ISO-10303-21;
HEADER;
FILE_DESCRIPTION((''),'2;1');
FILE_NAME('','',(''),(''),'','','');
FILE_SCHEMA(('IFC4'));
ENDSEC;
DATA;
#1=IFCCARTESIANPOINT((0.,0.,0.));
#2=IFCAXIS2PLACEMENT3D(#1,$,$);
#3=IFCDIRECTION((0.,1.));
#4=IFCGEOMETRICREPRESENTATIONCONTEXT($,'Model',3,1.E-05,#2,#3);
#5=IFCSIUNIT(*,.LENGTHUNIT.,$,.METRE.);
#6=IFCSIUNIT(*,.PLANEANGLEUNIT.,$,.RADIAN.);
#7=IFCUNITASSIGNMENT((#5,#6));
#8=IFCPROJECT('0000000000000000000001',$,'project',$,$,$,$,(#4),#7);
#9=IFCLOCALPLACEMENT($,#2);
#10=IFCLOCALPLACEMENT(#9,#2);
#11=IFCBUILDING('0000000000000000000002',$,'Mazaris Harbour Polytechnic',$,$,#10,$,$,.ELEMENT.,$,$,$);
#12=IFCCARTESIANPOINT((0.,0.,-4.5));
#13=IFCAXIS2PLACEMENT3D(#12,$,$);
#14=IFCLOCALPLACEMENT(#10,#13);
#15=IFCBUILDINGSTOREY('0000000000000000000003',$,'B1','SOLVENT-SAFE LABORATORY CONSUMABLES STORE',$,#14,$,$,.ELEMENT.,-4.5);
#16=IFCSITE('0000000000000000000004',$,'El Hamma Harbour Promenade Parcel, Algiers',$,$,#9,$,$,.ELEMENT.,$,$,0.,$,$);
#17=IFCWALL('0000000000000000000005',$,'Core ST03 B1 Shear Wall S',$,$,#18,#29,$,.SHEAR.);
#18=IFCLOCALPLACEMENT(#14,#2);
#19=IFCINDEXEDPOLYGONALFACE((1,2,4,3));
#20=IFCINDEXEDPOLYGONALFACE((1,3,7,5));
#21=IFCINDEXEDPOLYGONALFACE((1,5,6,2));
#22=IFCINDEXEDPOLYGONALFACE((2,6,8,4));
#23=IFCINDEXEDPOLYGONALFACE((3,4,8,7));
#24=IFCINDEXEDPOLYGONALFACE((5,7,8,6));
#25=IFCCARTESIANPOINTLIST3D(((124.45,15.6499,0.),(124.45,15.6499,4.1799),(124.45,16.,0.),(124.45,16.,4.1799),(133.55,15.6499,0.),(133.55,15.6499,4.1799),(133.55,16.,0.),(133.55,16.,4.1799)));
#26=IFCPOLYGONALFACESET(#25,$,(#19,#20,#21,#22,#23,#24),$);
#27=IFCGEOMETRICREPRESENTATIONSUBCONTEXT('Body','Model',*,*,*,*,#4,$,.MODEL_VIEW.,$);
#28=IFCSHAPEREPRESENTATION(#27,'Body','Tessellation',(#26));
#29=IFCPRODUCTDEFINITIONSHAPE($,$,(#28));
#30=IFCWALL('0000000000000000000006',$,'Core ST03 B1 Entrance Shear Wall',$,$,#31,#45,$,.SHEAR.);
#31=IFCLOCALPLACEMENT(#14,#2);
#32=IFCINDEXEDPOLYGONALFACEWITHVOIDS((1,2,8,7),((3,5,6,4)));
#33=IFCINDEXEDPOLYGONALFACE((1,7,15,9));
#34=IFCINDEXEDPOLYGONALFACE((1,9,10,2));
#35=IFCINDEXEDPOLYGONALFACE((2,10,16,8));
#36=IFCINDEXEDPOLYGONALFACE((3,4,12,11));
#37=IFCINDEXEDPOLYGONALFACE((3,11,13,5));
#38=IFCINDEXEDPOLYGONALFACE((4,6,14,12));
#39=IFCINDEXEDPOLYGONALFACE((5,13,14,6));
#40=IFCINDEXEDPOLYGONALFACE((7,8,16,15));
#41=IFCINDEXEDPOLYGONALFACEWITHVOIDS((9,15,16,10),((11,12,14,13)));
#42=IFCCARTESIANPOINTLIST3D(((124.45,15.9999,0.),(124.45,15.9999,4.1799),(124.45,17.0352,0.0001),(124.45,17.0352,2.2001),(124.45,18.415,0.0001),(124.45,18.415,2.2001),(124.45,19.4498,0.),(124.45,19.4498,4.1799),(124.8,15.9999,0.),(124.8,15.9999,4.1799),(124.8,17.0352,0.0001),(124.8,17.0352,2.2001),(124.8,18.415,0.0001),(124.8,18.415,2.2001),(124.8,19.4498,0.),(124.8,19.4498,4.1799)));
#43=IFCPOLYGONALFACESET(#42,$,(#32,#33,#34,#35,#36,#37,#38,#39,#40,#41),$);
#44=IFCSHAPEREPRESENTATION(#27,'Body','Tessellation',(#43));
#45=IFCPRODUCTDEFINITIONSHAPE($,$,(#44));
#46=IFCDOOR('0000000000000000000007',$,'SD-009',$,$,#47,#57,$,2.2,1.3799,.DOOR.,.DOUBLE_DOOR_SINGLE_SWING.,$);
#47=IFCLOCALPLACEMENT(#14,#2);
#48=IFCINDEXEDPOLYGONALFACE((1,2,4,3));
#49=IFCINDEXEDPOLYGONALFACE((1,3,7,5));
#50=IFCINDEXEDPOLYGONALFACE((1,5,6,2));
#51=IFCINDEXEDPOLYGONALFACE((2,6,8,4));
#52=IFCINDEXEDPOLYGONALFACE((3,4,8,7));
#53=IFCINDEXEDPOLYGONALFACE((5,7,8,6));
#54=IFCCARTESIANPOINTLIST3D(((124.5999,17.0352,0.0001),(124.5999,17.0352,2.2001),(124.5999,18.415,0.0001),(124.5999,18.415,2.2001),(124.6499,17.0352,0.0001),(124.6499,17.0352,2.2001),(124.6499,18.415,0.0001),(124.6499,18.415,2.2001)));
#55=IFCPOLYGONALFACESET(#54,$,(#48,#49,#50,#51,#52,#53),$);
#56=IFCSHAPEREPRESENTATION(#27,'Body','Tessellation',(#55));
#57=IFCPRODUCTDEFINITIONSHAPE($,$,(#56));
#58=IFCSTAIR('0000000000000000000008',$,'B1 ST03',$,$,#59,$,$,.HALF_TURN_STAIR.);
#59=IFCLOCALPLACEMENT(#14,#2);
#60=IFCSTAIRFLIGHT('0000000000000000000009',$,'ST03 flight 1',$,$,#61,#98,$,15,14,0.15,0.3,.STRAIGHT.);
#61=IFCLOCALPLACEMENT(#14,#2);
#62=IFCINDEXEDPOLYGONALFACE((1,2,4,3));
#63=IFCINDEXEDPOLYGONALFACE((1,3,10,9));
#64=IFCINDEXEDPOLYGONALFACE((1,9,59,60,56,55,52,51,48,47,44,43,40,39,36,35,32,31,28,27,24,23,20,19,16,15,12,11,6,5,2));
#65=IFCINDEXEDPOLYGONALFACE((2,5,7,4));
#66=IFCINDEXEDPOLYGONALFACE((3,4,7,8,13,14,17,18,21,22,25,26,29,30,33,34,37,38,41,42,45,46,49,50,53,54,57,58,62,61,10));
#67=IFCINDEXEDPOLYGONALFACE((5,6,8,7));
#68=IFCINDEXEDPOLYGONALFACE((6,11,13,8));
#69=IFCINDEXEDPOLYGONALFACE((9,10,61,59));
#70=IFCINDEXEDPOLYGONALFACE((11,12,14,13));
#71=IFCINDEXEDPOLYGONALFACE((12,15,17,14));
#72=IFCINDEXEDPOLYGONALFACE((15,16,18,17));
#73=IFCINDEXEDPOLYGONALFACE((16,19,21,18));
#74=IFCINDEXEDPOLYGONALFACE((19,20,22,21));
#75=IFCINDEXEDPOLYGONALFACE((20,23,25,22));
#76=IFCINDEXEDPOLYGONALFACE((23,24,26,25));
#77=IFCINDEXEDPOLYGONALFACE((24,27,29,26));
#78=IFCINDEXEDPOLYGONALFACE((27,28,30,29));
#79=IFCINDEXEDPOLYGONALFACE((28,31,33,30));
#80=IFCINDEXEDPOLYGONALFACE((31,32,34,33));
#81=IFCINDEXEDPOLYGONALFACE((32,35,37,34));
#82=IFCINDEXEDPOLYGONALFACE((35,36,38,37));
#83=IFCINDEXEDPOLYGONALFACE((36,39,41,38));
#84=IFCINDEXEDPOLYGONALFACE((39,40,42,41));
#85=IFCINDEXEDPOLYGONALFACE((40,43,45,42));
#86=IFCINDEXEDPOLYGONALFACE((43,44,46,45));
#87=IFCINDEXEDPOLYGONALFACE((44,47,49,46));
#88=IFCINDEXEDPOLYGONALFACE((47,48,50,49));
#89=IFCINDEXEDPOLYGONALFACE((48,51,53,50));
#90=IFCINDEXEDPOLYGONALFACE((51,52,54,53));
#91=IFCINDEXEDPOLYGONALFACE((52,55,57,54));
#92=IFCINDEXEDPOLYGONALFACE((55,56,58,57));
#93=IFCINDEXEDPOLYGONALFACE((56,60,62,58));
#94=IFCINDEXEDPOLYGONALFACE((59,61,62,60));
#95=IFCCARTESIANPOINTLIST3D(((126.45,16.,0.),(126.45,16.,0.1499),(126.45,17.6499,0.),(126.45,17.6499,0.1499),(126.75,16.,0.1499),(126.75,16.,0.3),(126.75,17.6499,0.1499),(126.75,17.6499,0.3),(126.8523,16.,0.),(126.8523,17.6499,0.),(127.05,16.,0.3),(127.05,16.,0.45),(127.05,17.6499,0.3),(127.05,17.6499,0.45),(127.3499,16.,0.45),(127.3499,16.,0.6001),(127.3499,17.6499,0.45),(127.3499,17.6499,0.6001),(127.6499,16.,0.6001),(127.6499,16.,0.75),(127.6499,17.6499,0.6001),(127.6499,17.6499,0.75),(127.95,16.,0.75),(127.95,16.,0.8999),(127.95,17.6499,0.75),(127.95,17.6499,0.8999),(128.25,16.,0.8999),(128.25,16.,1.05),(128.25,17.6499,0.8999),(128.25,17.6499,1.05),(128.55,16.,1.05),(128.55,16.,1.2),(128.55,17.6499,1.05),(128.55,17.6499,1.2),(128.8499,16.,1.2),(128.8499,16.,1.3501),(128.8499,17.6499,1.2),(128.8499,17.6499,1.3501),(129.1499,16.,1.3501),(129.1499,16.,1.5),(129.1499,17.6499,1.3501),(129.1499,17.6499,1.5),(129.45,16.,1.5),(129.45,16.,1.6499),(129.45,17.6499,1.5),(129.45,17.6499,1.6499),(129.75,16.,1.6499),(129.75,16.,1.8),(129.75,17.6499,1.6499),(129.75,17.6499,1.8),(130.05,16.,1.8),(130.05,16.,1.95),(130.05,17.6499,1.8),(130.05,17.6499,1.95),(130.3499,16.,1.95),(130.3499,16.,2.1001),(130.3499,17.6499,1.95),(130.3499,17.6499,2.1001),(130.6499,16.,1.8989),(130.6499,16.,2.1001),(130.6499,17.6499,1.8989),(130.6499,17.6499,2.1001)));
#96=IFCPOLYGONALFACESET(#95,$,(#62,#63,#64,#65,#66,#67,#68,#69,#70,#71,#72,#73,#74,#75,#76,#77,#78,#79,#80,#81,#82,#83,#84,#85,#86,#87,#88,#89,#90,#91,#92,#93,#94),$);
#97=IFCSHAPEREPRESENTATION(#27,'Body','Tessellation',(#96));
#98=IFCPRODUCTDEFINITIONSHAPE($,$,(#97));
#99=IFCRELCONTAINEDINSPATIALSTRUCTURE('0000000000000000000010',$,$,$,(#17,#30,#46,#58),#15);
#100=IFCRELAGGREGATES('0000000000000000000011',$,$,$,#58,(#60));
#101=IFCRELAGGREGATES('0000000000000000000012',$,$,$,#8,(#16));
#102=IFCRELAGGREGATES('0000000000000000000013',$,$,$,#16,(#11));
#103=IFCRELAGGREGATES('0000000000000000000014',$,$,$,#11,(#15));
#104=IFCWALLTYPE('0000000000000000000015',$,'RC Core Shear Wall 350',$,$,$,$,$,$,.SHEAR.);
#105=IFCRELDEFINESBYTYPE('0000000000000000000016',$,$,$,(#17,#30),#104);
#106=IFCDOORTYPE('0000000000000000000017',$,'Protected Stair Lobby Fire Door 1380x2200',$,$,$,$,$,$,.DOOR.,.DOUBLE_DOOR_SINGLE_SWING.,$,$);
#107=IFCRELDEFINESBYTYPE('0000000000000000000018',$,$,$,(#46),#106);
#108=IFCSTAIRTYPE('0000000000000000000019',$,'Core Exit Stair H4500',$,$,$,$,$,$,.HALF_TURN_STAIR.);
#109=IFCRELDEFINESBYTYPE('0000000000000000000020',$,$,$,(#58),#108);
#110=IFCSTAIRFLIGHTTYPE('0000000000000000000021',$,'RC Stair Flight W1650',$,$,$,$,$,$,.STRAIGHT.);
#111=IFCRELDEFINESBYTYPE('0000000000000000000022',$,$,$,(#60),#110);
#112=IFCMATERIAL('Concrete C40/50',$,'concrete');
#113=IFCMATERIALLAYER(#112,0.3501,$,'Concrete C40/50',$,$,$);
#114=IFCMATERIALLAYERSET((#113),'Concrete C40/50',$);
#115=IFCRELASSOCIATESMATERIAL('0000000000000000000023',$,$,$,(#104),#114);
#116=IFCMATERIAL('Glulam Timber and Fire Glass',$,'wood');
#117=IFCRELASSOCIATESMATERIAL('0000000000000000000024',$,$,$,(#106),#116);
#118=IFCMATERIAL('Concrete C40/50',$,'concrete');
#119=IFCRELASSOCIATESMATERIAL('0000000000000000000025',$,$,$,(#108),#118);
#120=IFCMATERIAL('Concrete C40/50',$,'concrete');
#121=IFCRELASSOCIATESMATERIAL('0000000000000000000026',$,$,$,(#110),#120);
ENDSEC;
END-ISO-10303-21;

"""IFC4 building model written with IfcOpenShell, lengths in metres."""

from ifc_helpers import new_model, si_unit, direction, frame, frame_2d, origin, place, context, subcontext, project, spatial, polyline, rectangle, outline, extrude, material, layer, layer_set, type_object, element, fill, aggregate, save


model = new_model("IFC4")

# Units and contexts
model_context = context("Model", 3, precision=1e-05, world=origin(), true_north=direction((0.0, 1.0)))
body_context = subcontext(model_context, "Body", "Model", "MODEL_VIEW")
ifc_project = project(units=[si_unit("LENGTHUNIT", "METRE"), si_unit("PLANEANGLEUNIT", "RADIAN")], contexts=[model_context])

# Site, building, storey
site_placement = place(None, origin())
site = spatial("IfcSite", under=ifc_project, at=site_placement, Name="El Hamma Harbour Promenade Parcel, Algiers", CompositionType="ELEMENT", RefElevation=0.0)
building_placement = place(site_placement, origin())
building = spatial("IfcBuilding", under=site, at=building_placement, Name="Mazaris Harbour Polytechnic", CompositionType="ELEMENT")
storey_placement = place(building_placement, frame((0.0, 0.0, -4.5)))
storey = spatial("IfcBuildingStorey", under=building, at=storey_placement, Name="B1", Description="SOLVENT-SAFE LABORATORY CONSUMABLES STORE", CompositionType="ELEMENT", Elevation=-4.5)

# Wall
ifc_material_1 = material(Name="Concrete C40/50", Category="concrete")
ifc_layer = layer(ifc_material_1, 0.3501, Name="Concrete C40/50")
ifc_layer_set = layer_set([ifc_layer], Name="Concrete C40/50")
wall_type = type_object("IfcWallType", Name="RC Core Shear Wall 350", PredefinedType="SHEAR", material=ifc_layer_set)
wall_1_placement = place(storey_placement, frame((124.45, 15.825, 0.0), z_axis=(0.0, 0.0, 1.0), x_axis=(1.0, 0.0, 0.0)))
element("IfcWall", 1, at=wall_1_placement, inside=storey, type_object=wall_type, Name="Core ST03 B1 Shear Wall S", PredefinedType="SHEAR", context=body_context, shape_type="SweptSolid", body=[
    extrude(rectangle(XDim=9.1001, YDim=0.3501, at=frame_2d((4.55, 0.0))), origin(), (0.0, 0.0, 1.0), 4.1799),
])

# Wall, opening, door
wall_2_placement = place(storey_placement, frame((124.625, 19.45, 0.0), z_axis=(0.0, 0.0, 1.0), x_axis=(0.0, -1.0, 0.0)))
wall_2 = element("IfcWall", 2, at=wall_2_placement, inside=storey, type_object=wall_type, Name="Core ST03 B1 Entrance Shear Wall", PredefinedType="SHEAR", context=body_context, shape_type="SweptSolid", body=[
    extrude(rectangle(XDim=3.45, YDim=0.3501, at=frame_2d((1.7251, 0.0))), origin(), (0.0, 0.0, 1.0), 4.1799),
])
opening_placement = place(wall_2_placement, frame((1.0349, 0.0, 0.0)))
opening = element("IfcOpeningElement", 3, at=opening_placement, cuts=wall_2, PredefinedType="OPENING", context=body_context, shape_type="SweptSolid", body=[
    extrude(rectangle(XDim=1.3799, YDim=2.2, at=frame_2d((0.6899, 1.1001))), frame((0.0, 0.1851, 0.0), z_axis=(0.0, -1.0, 0.0), x_axis=(1.0, 0.0, 0.0)), (0.0, 0.0, 1.0), 0.3701),
])
ifc_material_2 = material(Name="Glulam Timber and Fire Glass", Category="wood")
door_type = type_object("IfcDoorType", Name="Protected Stair Lobby Fire Door 1380x2200", OperationType="DOUBLE_DOOR_SINGLE_SWING", PredefinedType="DOOR", material=ifc_material_2)
door_placement = place(opening_placement, origin())
door = element("IfcDoor", 4, at=door_placement, inside=storey, type_object=door_type, Name="SD-009", OperationType="DOUBLE_DOOR_SINGLE_SWING", OverallHeight=2.2, OverallWidth=1.3799, PredefinedType="DOOR", context=body_context, shape_type="SweptSolid", body=[
    extrude(rectangle(XDim=1.3799, YDim=2.2, at=frame_2d((0.6899, 1.1001))), frame((0.0, 0.0249, 0.0), z_axis=(0.0, -1.0, 0.0), x_axis=(1.0, 0.0, 0.0)), (0.0, 0.0, 1.0), 0.05),
])
fill(opening, door)

# Stair, stair flight
ifc_material_3 = material(Name="Concrete C40/50", Category="concrete")
stair_type = type_object("IfcStairType", Name="Core Exit Stair H4500", PredefinedType="HALF_TURN_STAIR", material=ifc_material_3)
stair_placement = place(storey_placement, origin())
stair = element("IfcStair", 5, at=stair_placement, inside=storey, type_object=stair_type, Name="B1 ST03", PredefinedType="HALF_TURN_STAIR")
ifc_material_4 = material(Name="Concrete C40/50", Category="concrete")
stair_flight_type = type_object("IfcStairFlightType", Name="RC Stair Flight W1650", PredefinedType="STRAIGHT", material=ifc_material_4)
stair_flight_placement = place(storey_placement, frame((126.45, 16.825, 0.0), z_axis=(0.0, 0.0, 1.0), x_axis=(1.0, 0.0, 0.0)))
stair_flight = element("IfcStairFlight", 6, at=stair_flight_placement, type_object=stair_flight_type, Name="ST03 flight 1", NumberOfRisers=15, NumberOfTreads=14, PredefinedType="STRAIGHT", RiserHeight=0.15, TreadLength=0.3, context=body_context, shape_type="SweptSolid", body=[
    extrude(outline(polyline([(0.0, 0.0), (0.0, 0.1499), (0.3, 0.1499), (0.3, 0.3), (0.6001, 0.3), (0.6001, 0.45), (0.8999, 0.45), (0.8999, 0.6001), (1.2, 0.6001), (1.2, 0.75), (1.5, 0.75), (1.5, 0.8999), (1.8, 0.8999), (1.8, 1.05), (2.1001, 1.05), (2.1001, 1.2), (2.3999, 1.2), (2.3999, 1.3501), (2.7, 1.3501), (2.7, 1.5), (3.0, 1.5), (3.0, 1.6499), (3.3, 1.6499), (3.3, 1.8), (3.6001, 1.8), (3.6001, 1.95), (3.8999, 1.95), (3.8999, 2.1001), (4.2, 2.1001), (4.2, 2.25), (4.2, 1.8989), (0.4023, 0.0), (0.0, 0.0)])), frame((0.0, 0.825, 0.0), z_axis=(0.0, -1.0, 0.0), x_axis=(1.0, 0.0, 0.0)), (0.0, 0.0, 1.0), 1.6499),
])
aggregate(stair, [stair_flight])

save(model, "model.ifc")
